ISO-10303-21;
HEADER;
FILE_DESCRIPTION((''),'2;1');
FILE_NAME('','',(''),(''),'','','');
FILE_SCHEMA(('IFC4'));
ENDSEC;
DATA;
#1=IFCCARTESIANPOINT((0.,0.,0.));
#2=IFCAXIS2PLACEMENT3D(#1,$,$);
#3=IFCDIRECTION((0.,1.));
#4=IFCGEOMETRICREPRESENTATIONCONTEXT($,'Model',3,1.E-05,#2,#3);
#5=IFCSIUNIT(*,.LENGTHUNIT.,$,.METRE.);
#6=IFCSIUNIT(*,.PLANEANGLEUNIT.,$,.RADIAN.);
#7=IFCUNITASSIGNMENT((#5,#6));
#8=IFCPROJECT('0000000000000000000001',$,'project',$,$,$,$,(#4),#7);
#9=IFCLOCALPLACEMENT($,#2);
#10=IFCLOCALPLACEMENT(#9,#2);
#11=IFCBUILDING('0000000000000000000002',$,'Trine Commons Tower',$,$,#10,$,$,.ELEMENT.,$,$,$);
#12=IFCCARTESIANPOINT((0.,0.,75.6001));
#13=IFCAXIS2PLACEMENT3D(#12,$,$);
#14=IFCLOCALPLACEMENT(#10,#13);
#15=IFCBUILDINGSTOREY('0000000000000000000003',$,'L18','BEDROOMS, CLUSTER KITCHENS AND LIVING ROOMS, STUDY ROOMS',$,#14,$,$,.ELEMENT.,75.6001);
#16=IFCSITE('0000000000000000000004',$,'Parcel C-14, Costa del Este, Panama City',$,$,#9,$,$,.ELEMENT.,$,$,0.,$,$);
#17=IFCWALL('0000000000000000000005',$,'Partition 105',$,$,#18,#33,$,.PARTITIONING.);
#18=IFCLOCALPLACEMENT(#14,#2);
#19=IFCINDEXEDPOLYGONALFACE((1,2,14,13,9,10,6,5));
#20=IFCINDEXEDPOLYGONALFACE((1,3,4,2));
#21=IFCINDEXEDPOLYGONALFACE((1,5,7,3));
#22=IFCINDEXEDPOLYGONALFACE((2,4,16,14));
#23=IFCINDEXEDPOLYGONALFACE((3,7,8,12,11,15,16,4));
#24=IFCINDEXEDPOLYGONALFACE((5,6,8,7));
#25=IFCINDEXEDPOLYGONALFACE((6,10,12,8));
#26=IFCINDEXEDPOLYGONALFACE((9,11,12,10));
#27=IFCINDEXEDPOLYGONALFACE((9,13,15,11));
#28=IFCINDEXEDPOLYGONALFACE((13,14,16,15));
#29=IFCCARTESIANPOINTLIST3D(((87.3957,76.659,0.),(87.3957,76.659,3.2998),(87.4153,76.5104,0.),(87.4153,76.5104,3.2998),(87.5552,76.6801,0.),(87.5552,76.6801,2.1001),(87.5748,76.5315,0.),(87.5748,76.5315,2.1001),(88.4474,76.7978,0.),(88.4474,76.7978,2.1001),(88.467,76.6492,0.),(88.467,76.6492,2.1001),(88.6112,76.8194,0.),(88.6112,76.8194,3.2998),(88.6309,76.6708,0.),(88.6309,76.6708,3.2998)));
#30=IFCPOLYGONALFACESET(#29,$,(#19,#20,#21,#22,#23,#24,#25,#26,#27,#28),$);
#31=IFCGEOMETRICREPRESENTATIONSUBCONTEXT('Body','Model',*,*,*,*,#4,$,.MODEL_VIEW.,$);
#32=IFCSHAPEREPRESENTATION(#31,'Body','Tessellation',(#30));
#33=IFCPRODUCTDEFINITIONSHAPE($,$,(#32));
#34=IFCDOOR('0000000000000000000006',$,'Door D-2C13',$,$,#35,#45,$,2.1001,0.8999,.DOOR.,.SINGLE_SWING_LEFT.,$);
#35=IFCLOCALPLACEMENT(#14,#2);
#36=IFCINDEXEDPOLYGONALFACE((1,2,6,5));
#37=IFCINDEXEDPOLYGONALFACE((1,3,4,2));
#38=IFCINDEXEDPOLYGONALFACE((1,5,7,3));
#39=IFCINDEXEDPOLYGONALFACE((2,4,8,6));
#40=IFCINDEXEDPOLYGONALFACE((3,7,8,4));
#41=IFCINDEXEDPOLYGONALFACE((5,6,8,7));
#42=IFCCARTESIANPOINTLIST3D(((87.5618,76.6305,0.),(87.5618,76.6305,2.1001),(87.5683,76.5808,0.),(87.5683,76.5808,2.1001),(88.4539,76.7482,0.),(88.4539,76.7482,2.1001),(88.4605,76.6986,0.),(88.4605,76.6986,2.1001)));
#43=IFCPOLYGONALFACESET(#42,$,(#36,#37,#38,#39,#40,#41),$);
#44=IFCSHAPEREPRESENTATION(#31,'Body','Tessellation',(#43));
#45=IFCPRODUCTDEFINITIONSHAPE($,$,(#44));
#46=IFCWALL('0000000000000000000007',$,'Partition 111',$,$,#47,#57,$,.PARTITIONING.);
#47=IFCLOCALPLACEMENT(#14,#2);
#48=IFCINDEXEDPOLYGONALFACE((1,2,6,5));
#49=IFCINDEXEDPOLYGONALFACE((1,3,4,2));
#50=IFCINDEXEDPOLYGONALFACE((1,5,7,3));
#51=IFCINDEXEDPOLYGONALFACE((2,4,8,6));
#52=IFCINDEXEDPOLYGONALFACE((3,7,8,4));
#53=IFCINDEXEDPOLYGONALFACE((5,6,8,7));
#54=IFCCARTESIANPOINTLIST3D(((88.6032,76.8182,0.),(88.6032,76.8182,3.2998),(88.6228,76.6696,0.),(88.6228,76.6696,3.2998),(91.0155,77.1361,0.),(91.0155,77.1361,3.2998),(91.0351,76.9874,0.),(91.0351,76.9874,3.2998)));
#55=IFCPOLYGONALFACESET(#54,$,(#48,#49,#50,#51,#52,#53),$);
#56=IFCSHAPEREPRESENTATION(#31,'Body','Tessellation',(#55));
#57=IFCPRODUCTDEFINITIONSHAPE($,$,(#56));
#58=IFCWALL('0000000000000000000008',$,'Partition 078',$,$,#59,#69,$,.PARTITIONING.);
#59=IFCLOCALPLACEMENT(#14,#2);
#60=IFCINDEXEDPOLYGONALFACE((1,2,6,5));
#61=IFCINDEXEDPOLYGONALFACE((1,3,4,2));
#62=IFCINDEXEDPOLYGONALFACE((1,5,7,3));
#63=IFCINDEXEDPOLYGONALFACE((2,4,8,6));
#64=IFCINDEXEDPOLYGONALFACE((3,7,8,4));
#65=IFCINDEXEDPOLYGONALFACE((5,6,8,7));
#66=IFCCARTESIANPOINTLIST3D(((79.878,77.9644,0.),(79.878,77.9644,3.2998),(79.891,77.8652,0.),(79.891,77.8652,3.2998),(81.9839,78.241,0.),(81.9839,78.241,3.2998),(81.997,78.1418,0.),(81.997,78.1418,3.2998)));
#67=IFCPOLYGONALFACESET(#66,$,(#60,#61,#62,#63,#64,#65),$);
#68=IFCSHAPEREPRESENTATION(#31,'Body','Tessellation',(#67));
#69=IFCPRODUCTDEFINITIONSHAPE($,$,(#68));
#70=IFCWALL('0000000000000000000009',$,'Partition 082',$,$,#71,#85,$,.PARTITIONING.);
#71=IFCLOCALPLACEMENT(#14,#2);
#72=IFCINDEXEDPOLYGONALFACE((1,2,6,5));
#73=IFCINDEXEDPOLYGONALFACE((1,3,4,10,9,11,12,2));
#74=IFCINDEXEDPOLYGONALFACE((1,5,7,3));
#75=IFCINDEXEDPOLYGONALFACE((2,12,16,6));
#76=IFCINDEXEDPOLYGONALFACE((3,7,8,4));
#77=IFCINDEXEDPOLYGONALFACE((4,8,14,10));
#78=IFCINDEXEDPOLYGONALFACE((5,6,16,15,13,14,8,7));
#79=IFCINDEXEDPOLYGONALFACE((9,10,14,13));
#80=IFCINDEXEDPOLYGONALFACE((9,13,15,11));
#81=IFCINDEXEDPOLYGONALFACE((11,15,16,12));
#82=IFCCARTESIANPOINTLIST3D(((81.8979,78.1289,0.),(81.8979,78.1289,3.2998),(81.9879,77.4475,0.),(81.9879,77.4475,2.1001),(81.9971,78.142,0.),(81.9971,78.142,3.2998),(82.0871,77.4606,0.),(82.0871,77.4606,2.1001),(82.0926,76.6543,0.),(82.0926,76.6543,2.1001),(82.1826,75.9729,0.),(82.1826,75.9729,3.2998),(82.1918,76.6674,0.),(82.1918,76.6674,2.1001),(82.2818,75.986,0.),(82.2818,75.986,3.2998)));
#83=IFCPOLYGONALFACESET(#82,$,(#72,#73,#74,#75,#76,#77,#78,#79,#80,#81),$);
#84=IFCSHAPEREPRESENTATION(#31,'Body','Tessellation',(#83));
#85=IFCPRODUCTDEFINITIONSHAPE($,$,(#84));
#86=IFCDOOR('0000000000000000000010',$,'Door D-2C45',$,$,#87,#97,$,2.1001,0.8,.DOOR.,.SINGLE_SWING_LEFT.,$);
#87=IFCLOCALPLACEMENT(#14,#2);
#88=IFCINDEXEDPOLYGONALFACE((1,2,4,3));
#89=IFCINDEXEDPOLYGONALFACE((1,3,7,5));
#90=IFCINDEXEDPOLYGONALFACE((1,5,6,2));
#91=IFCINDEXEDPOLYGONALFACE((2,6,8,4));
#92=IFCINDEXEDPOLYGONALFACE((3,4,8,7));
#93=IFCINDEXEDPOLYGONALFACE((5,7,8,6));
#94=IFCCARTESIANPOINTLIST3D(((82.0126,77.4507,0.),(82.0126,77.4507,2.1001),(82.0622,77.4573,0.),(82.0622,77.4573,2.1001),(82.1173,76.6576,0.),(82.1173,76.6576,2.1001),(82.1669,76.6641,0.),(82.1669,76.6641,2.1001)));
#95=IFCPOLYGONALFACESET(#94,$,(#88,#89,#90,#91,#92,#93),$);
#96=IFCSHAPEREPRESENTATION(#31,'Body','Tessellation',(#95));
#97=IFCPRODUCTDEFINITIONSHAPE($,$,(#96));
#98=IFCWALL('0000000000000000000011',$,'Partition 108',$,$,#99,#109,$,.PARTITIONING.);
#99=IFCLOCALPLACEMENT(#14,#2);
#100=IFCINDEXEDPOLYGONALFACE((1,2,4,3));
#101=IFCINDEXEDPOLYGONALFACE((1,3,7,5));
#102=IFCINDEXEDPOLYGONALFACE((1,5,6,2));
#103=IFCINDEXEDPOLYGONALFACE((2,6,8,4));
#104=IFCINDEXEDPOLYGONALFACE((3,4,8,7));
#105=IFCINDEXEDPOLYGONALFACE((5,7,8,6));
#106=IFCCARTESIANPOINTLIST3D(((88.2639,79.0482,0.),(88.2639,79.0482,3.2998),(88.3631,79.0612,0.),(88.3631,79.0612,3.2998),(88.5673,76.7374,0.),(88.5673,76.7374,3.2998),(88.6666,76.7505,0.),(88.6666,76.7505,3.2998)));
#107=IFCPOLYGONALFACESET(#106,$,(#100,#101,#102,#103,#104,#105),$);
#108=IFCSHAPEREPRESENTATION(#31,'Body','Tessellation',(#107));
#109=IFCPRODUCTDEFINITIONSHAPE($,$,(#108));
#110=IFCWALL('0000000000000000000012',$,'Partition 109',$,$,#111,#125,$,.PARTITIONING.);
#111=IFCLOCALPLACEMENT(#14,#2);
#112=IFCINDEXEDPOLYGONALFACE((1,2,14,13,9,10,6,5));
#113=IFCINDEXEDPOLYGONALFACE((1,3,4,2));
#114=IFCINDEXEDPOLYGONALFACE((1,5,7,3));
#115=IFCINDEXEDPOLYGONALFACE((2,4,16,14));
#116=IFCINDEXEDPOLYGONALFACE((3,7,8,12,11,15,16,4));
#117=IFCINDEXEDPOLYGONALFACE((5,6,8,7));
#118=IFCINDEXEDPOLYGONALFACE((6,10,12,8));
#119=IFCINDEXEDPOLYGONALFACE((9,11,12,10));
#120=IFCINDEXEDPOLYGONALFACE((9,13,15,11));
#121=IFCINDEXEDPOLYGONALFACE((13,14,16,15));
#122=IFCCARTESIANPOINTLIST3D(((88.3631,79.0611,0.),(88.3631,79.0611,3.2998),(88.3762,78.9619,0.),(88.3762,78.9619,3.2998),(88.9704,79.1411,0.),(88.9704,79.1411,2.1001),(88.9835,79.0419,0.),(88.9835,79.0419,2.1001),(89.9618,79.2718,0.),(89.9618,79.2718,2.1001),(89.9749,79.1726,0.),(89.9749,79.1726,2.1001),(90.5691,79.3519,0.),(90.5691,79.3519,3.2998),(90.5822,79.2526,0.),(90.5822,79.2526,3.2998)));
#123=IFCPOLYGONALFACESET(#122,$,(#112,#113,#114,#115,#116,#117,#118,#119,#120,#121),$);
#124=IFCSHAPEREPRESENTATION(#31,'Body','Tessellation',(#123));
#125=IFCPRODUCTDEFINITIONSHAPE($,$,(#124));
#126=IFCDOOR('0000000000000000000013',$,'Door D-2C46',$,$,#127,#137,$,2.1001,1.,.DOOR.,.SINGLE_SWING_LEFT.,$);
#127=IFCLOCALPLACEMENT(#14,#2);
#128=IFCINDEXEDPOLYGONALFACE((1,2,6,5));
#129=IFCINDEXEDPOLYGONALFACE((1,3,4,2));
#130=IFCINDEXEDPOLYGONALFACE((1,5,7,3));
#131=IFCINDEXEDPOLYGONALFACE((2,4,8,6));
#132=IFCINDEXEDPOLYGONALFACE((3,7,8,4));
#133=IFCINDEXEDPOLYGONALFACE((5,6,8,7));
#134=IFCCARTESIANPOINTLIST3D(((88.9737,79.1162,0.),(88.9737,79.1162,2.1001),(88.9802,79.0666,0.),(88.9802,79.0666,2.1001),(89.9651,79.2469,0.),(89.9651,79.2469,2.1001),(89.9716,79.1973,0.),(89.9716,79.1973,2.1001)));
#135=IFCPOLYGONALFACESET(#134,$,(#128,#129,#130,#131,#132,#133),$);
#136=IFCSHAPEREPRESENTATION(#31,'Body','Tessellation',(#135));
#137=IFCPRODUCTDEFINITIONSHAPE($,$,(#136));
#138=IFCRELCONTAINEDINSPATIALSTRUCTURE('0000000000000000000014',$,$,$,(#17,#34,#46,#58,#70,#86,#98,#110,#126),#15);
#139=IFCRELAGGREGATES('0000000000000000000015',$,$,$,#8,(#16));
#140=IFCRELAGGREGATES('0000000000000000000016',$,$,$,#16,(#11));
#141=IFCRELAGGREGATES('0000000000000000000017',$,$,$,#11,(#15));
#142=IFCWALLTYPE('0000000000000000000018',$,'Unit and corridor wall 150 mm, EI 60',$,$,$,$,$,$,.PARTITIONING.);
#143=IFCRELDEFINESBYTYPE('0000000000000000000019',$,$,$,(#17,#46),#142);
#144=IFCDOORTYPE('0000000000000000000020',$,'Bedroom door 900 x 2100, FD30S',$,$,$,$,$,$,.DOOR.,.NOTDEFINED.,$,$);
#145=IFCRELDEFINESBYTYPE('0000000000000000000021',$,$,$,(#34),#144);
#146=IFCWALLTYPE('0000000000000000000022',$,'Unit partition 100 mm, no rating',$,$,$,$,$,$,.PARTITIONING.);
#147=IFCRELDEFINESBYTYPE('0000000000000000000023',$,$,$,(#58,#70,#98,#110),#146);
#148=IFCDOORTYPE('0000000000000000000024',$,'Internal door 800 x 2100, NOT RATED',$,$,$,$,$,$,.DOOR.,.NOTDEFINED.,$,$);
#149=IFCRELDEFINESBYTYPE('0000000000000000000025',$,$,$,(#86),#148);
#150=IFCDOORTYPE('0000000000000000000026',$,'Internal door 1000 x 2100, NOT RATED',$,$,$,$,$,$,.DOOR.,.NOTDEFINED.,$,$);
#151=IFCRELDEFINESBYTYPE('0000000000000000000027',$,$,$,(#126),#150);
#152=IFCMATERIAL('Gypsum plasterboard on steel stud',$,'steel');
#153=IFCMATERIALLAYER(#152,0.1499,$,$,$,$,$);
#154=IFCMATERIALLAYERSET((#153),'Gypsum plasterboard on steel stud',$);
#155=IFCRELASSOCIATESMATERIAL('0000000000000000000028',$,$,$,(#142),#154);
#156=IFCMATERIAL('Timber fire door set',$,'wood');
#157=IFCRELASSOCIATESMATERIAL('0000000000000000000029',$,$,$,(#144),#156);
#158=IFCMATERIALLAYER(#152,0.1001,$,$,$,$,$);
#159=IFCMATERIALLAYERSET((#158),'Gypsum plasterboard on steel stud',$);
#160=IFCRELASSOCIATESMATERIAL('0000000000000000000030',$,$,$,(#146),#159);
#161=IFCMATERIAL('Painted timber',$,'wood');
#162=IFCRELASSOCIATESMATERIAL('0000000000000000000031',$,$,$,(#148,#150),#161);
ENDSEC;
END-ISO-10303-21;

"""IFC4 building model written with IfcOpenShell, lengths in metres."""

from ifc_helpers import new_model, si_unit, direction, frame, frame_2d, origin, place, context, subcontext, project, spatial, rectangle, extrude, material, layer, layer_set, type_object, element, fill, save


model = new_model("IFC4")

# Units and contexts
model_context = context("Model", 3, precision=1e-05, world=origin(), true_north=direction((0.0, 1.0)))
body_context = subcontext(model_context, "Body", "Model", "MODEL_VIEW")
ifc_project = project(units=[si_unit("LENGTHUNIT", "METRE"), si_unit("PLANEANGLEUNIT", "RADIAN")], contexts=[model_context])

# Site, building, storey
site_placement = place(None, origin())
site = spatial("IfcSite", under=ifc_project, at=site_placement, Name="Parcel C-14, Costa del Este, Panama City", CompositionType="ELEMENT", RefElevation=0.0)
building_placement = place(site_placement, origin())
building = spatial("IfcBuilding", under=site, at=building_placement, Name="Trine Commons Tower", CompositionType="ELEMENT")
storey_placement = place(building_placement, frame((0.0, 0.0, 75.6001)))
storey = spatial("IfcBuildingStorey", under=building, at=storey_placement, Name="L18", Description="BEDROOMS, CLUSTER KITCHENS AND LIVING ROOMS, STUDY ROOMS", CompositionType="ELEMENT", Elevation=75.6001)

# Shared definitions
ifc_material_1 = material(Name="Gypsum plasterboard on steel stud", Category="steel")
ifc_layer_1 = layer(ifc_material_1, 0.1499)
ifc_layer_set_1 = layer_set([ifc_layer_1], Name="Gypsum plasterboard on steel stud")
wall_type_1 = type_object("IfcWallType", Name="Unit and corridor wall 150 mm, EI 60", PredefinedType="PARTITIONING", material=ifc_layer_set_1)
ifc_material_2 = material(Name="Timber fire door set", Category="wood")
door_type_1 = type_object("IfcDoorType", Name="Bedroom door 900 x 2100, FD30S", OperationType="NOTDEFINED", PredefinedType="DOOR", material=ifc_material_2)

# Wall, opening, door
wall_1_placement = place(storey_placement, frame((87.4055, 76.5847, 0.0), z_axis=(0.0, 0.0, 1.0), x_axis=(0.991406, 0.13082, 0.0)))
wall_1 = element("IfcWall", 1, at=wall_1_placement, inside=storey, type_object=wall_type_1, Name="Partition 105", PredefinedType="PARTITIONING", context=body_context, shape_type="SweptSolid", body=[
    extrude(rectangle(XDim=1.2261, YDim=0.1499, at=frame_2d((0.613, 0.0))), origin(), (0.0, 0.0, 1.0), 3.2998),
])
opening_1_placement = place(wall_1_placement, frame((0.1609, 0.0, 0.0)))
opening_1 = element("IfcOpeningElement", 2, at=opening_1_placement, cuts=wall_1, PredefinedType="OPENING", context=body_context, shape_type="SweptSolid", body=[
    extrude(rectangle(XDim=0.8999, YDim=2.1001, at=frame_2d((0.45, 1.05))), frame((0.0, 0.085, 0.0), z_axis=(0.0, -1.0, 0.0), x_axis=(1.0, 0.0, 0.0)), (0.0, 0.0, 1.0), 0.1699),
])
door_1_placement = place(opening_1_placement, origin())
door_1 = element("IfcDoor", 3, at=door_1_placement, inside=storey, type_object=door_type_1, Name="Door D-2C13", OperationType="SINGLE_SWING_LEFT", OverallHeight=2.1001, OverallWidth=0.8999, PredefinedType="DOOR", context=body_context, shape_type="SweptSolid", body=[
    extrude(rectangle(XDim=0.8999, YDim=2.1001, at=frame_2d((0.45, 1.05))), frame((0.0, 0.0249, 0.0), z_axis=(0.0, -1.0, 0.0), x_axis=(1.0, 0.0, 0.0)), (0.0, 0.0, 1.0), 0.05),
])
fill(opening_1, door_1)

# Walls
wall_2_placement = place(storey_placement, frame((88.613, 76.7439, 0.0), z_axis=(0.0, 0.0, 1.0), x_axis=(0.99143, 0.130639, 0.0)))
element("IfcWall", 4, at=wall_2_placement, inside=storey, type_object=wall_type_1, Name="Partition 111", PredefinedType="PARTITIONING", context=body_context, shape_type="SweptSolid", body=[
    extrude(rectangle(XDim=2.4331, YDim=0.1499, at=frame_2d((1.2166, 0.0))), origin(), (0.0, 0.0, 1.0), 3.2998),
])
ifc_layer_2 = layer(ifc_material_1, 0.1001)
ifc_layer_set_2 = layer_set([ifc_layer_2], Name="Gypsum plasterboard on steel stud")
wall_type_2 = type_object("IfcWallType", Name="Unit partition 100 mm, no rating", PredefinedType="PARTITIONING", material=ifc_layer_set_2)
wall_3_placement = place(storey_placement, frame((79.8845, 77.9148, 0.0), z_axis=(0.0, 0.0, 1.0), x_axis=(0.991484, 0.130229, 0.0)))
element("IfcWall", 5, at=wall_3_placement, inside=storey, type_object=wall_type_2, Name="Partition 078", PredefinedType="PARTITIONING", context=body_context, shape_type="SweptSolid", body=[
    extrude(rectangle(XDim=2.124, YDim=0.1001, at=frame_2d((1.062, 0.0))), origin(), (0.0, 0.0, 1.0), 3.2998),
])

# Wall, opening, door
wall_4_placement = place(storey_placement, frame((81.9475, 78.1355, 0.0), z_axis=(0.0, 0.0, 1.0), x_axis=(0.130899, -0.991396, 0.0)))
wall_4 = element("IfcWall", 6, at=wall_4_placement, inside=storey, type_object=wall_type_2, Name="Partition 082", PredefinedType="PARTITIONING", context=body_context, shape_type="SweptSolid", body=[
    extrude(rectangle(XDim=2.1748, YDim=0.1001, at=frame_2d((1.0874, 0.0))), origin(), (0.0, 0.0, 1.0), 3.2998),
])
opening_2_placement = place(wall_4_placement, frame((0.6875, 0.0, 0.0)))
opening_2 = element("IfcOpeningElement", 7, at=opening_2_placement, cuts=wall_4, PredefinedType="OPENING", context=body_context, shape_type="SweptSolid", body=[
    extrude(rectangle(XDim=0.8, YDim=2.1001, at=frame_2d((0.3999, 1.05))), frame((0.0, 0.0601, 0.0), z_axis=(0.0, -1.0, 0.0), x_axis=(1.0, 0.0, 0.0)), (0.0, 0.0, 1.0), 0.1201),
])
ifc_material_3 = material(Name="Painted timber", Category="wood")
door_type_2 = type_object("IfcDoorType", Name="Internal door 800 x 2100, NOT RATED", OperationType="NOTDEFINED", PredefinedType="DOOR", material=ifc_material_3)
door_2_placement = place(opening_2_placement, origin())
door_2 = element("IfcDoor", 8, at=door_2_placement, inside=storey, type_object=door_type_2, Name="Door D-2C45", OperationType="SINGLE_SWING_LEFT", OverallHeight=2.1001, OverallWidth=0.8, PredefinedType="DOOR", context=body_context, shape_type="SweptSolid", body=[
    extrude(rectangle(XDim=0.8, YDim=2.1001, at=frame_2d((0.3999, 1.05))), frame((0.0, 0.0249, 0.0), z_axis=(0.0, -1.0, 0.0), x_axis=(1.0, 0.0, 0.0)), (0.0, 0.0, 1.0), 0.05),
])
fill(opening_2, door_2)

# Wall
wall_5_placement = place(storey_placement, frame((88.3135, 79.0547, 0.0), z_axis=(0.0, 0.0, 1.0), x_axis=(0.130208, -0.991487, 0.0)))
element("IfcWall", 9, at=wall_5_placement, inside=storey, type_object=wall_type_2, Name="Partition 108", PredefinedType="PARTITIONING", context=body_context, shape_type="SweptSolid", body=[
    extrude(rectangle(XDim=2.3306, YDim=0.1001, at=frame_2d((1.1653, 0.0))), origin(), (0.0, 0.0, 1.0), 3.2998),
])

# Wall, opening, door
wall_6_placement = place(storey_placement, frame((88.3696, 79.0115, 0.0), z_axis=(0.0, 0.0, 1.0), x_axis=(0.991425, 0.130676, 0.0)))
wall_6 = element("IfcWall", 10, at=wall_6_placement, inside=storey, type_object=wall_type_2, Name="Partition 109", PredefinedType="PARTITIONING", context=body_context, shape_type="SweptSolid", body=[
    extrude(rectangle(XDim=2.2251, YDim=0.1001, at=frame_2d((1.1125, 0.0))), origin(), (0.0, 0.0, 1.0), 3.2998),
])
opening_3_placement = place(wall_6_placement, frame((0.6125, 0.0, 0.0)))
opening_3 = element("IfcOpeningElement", 11, at=opening_3_placement, cuts=wall_6, PredefinedType="OPENING", context=body_context, shape_type="SweptSolid", body=[
    extrude(rectangle(XDim=1.0, YDim=2.1001, at=frame_2d((0.5, 1.05))), frame((0.0, 0.0601, 0.0), z_axis=(0.0, -1.0, 0.0), x_axis=(1.0, 0.0, 0.0)), (0.0, 0.0, 1.0), 0.1201),
])
door_type_3 = type_object("IfcDoorType", Name="Internal door 1000 x 2100, NOT RATED", OperationType="NOTDEFINED", PredefinedType="DOOR", material=ifc_material_3)
door_3_placement = place(opening_3_placement, origin())
door_3 = element("IfcDoor", 12, at=door_3_placement, inside=storey, type_object=door_type_3, Name="Door D-2C46", OperationType="SINGLE_SWING_LEFT", OverallHeight=2.1001, OverallWidth=1.0, PredefinedType="DOOR", context=body_context, shape_type="SweptSolid", body=[
    extrude(rectangle(XDim=1.0, YDim=2.1001, at=frame_2d((0.5, 1.05))), frame((0.0, 0.0249, 0.0), z_axis=(0.0, -1.0, 0.0), x_axis=(1.0, 0.0, 0.0)), (0.0, 0.0, 1.0), 0.05),
])
fill(opening_3, door_3)

save(model, "model.ifc")
